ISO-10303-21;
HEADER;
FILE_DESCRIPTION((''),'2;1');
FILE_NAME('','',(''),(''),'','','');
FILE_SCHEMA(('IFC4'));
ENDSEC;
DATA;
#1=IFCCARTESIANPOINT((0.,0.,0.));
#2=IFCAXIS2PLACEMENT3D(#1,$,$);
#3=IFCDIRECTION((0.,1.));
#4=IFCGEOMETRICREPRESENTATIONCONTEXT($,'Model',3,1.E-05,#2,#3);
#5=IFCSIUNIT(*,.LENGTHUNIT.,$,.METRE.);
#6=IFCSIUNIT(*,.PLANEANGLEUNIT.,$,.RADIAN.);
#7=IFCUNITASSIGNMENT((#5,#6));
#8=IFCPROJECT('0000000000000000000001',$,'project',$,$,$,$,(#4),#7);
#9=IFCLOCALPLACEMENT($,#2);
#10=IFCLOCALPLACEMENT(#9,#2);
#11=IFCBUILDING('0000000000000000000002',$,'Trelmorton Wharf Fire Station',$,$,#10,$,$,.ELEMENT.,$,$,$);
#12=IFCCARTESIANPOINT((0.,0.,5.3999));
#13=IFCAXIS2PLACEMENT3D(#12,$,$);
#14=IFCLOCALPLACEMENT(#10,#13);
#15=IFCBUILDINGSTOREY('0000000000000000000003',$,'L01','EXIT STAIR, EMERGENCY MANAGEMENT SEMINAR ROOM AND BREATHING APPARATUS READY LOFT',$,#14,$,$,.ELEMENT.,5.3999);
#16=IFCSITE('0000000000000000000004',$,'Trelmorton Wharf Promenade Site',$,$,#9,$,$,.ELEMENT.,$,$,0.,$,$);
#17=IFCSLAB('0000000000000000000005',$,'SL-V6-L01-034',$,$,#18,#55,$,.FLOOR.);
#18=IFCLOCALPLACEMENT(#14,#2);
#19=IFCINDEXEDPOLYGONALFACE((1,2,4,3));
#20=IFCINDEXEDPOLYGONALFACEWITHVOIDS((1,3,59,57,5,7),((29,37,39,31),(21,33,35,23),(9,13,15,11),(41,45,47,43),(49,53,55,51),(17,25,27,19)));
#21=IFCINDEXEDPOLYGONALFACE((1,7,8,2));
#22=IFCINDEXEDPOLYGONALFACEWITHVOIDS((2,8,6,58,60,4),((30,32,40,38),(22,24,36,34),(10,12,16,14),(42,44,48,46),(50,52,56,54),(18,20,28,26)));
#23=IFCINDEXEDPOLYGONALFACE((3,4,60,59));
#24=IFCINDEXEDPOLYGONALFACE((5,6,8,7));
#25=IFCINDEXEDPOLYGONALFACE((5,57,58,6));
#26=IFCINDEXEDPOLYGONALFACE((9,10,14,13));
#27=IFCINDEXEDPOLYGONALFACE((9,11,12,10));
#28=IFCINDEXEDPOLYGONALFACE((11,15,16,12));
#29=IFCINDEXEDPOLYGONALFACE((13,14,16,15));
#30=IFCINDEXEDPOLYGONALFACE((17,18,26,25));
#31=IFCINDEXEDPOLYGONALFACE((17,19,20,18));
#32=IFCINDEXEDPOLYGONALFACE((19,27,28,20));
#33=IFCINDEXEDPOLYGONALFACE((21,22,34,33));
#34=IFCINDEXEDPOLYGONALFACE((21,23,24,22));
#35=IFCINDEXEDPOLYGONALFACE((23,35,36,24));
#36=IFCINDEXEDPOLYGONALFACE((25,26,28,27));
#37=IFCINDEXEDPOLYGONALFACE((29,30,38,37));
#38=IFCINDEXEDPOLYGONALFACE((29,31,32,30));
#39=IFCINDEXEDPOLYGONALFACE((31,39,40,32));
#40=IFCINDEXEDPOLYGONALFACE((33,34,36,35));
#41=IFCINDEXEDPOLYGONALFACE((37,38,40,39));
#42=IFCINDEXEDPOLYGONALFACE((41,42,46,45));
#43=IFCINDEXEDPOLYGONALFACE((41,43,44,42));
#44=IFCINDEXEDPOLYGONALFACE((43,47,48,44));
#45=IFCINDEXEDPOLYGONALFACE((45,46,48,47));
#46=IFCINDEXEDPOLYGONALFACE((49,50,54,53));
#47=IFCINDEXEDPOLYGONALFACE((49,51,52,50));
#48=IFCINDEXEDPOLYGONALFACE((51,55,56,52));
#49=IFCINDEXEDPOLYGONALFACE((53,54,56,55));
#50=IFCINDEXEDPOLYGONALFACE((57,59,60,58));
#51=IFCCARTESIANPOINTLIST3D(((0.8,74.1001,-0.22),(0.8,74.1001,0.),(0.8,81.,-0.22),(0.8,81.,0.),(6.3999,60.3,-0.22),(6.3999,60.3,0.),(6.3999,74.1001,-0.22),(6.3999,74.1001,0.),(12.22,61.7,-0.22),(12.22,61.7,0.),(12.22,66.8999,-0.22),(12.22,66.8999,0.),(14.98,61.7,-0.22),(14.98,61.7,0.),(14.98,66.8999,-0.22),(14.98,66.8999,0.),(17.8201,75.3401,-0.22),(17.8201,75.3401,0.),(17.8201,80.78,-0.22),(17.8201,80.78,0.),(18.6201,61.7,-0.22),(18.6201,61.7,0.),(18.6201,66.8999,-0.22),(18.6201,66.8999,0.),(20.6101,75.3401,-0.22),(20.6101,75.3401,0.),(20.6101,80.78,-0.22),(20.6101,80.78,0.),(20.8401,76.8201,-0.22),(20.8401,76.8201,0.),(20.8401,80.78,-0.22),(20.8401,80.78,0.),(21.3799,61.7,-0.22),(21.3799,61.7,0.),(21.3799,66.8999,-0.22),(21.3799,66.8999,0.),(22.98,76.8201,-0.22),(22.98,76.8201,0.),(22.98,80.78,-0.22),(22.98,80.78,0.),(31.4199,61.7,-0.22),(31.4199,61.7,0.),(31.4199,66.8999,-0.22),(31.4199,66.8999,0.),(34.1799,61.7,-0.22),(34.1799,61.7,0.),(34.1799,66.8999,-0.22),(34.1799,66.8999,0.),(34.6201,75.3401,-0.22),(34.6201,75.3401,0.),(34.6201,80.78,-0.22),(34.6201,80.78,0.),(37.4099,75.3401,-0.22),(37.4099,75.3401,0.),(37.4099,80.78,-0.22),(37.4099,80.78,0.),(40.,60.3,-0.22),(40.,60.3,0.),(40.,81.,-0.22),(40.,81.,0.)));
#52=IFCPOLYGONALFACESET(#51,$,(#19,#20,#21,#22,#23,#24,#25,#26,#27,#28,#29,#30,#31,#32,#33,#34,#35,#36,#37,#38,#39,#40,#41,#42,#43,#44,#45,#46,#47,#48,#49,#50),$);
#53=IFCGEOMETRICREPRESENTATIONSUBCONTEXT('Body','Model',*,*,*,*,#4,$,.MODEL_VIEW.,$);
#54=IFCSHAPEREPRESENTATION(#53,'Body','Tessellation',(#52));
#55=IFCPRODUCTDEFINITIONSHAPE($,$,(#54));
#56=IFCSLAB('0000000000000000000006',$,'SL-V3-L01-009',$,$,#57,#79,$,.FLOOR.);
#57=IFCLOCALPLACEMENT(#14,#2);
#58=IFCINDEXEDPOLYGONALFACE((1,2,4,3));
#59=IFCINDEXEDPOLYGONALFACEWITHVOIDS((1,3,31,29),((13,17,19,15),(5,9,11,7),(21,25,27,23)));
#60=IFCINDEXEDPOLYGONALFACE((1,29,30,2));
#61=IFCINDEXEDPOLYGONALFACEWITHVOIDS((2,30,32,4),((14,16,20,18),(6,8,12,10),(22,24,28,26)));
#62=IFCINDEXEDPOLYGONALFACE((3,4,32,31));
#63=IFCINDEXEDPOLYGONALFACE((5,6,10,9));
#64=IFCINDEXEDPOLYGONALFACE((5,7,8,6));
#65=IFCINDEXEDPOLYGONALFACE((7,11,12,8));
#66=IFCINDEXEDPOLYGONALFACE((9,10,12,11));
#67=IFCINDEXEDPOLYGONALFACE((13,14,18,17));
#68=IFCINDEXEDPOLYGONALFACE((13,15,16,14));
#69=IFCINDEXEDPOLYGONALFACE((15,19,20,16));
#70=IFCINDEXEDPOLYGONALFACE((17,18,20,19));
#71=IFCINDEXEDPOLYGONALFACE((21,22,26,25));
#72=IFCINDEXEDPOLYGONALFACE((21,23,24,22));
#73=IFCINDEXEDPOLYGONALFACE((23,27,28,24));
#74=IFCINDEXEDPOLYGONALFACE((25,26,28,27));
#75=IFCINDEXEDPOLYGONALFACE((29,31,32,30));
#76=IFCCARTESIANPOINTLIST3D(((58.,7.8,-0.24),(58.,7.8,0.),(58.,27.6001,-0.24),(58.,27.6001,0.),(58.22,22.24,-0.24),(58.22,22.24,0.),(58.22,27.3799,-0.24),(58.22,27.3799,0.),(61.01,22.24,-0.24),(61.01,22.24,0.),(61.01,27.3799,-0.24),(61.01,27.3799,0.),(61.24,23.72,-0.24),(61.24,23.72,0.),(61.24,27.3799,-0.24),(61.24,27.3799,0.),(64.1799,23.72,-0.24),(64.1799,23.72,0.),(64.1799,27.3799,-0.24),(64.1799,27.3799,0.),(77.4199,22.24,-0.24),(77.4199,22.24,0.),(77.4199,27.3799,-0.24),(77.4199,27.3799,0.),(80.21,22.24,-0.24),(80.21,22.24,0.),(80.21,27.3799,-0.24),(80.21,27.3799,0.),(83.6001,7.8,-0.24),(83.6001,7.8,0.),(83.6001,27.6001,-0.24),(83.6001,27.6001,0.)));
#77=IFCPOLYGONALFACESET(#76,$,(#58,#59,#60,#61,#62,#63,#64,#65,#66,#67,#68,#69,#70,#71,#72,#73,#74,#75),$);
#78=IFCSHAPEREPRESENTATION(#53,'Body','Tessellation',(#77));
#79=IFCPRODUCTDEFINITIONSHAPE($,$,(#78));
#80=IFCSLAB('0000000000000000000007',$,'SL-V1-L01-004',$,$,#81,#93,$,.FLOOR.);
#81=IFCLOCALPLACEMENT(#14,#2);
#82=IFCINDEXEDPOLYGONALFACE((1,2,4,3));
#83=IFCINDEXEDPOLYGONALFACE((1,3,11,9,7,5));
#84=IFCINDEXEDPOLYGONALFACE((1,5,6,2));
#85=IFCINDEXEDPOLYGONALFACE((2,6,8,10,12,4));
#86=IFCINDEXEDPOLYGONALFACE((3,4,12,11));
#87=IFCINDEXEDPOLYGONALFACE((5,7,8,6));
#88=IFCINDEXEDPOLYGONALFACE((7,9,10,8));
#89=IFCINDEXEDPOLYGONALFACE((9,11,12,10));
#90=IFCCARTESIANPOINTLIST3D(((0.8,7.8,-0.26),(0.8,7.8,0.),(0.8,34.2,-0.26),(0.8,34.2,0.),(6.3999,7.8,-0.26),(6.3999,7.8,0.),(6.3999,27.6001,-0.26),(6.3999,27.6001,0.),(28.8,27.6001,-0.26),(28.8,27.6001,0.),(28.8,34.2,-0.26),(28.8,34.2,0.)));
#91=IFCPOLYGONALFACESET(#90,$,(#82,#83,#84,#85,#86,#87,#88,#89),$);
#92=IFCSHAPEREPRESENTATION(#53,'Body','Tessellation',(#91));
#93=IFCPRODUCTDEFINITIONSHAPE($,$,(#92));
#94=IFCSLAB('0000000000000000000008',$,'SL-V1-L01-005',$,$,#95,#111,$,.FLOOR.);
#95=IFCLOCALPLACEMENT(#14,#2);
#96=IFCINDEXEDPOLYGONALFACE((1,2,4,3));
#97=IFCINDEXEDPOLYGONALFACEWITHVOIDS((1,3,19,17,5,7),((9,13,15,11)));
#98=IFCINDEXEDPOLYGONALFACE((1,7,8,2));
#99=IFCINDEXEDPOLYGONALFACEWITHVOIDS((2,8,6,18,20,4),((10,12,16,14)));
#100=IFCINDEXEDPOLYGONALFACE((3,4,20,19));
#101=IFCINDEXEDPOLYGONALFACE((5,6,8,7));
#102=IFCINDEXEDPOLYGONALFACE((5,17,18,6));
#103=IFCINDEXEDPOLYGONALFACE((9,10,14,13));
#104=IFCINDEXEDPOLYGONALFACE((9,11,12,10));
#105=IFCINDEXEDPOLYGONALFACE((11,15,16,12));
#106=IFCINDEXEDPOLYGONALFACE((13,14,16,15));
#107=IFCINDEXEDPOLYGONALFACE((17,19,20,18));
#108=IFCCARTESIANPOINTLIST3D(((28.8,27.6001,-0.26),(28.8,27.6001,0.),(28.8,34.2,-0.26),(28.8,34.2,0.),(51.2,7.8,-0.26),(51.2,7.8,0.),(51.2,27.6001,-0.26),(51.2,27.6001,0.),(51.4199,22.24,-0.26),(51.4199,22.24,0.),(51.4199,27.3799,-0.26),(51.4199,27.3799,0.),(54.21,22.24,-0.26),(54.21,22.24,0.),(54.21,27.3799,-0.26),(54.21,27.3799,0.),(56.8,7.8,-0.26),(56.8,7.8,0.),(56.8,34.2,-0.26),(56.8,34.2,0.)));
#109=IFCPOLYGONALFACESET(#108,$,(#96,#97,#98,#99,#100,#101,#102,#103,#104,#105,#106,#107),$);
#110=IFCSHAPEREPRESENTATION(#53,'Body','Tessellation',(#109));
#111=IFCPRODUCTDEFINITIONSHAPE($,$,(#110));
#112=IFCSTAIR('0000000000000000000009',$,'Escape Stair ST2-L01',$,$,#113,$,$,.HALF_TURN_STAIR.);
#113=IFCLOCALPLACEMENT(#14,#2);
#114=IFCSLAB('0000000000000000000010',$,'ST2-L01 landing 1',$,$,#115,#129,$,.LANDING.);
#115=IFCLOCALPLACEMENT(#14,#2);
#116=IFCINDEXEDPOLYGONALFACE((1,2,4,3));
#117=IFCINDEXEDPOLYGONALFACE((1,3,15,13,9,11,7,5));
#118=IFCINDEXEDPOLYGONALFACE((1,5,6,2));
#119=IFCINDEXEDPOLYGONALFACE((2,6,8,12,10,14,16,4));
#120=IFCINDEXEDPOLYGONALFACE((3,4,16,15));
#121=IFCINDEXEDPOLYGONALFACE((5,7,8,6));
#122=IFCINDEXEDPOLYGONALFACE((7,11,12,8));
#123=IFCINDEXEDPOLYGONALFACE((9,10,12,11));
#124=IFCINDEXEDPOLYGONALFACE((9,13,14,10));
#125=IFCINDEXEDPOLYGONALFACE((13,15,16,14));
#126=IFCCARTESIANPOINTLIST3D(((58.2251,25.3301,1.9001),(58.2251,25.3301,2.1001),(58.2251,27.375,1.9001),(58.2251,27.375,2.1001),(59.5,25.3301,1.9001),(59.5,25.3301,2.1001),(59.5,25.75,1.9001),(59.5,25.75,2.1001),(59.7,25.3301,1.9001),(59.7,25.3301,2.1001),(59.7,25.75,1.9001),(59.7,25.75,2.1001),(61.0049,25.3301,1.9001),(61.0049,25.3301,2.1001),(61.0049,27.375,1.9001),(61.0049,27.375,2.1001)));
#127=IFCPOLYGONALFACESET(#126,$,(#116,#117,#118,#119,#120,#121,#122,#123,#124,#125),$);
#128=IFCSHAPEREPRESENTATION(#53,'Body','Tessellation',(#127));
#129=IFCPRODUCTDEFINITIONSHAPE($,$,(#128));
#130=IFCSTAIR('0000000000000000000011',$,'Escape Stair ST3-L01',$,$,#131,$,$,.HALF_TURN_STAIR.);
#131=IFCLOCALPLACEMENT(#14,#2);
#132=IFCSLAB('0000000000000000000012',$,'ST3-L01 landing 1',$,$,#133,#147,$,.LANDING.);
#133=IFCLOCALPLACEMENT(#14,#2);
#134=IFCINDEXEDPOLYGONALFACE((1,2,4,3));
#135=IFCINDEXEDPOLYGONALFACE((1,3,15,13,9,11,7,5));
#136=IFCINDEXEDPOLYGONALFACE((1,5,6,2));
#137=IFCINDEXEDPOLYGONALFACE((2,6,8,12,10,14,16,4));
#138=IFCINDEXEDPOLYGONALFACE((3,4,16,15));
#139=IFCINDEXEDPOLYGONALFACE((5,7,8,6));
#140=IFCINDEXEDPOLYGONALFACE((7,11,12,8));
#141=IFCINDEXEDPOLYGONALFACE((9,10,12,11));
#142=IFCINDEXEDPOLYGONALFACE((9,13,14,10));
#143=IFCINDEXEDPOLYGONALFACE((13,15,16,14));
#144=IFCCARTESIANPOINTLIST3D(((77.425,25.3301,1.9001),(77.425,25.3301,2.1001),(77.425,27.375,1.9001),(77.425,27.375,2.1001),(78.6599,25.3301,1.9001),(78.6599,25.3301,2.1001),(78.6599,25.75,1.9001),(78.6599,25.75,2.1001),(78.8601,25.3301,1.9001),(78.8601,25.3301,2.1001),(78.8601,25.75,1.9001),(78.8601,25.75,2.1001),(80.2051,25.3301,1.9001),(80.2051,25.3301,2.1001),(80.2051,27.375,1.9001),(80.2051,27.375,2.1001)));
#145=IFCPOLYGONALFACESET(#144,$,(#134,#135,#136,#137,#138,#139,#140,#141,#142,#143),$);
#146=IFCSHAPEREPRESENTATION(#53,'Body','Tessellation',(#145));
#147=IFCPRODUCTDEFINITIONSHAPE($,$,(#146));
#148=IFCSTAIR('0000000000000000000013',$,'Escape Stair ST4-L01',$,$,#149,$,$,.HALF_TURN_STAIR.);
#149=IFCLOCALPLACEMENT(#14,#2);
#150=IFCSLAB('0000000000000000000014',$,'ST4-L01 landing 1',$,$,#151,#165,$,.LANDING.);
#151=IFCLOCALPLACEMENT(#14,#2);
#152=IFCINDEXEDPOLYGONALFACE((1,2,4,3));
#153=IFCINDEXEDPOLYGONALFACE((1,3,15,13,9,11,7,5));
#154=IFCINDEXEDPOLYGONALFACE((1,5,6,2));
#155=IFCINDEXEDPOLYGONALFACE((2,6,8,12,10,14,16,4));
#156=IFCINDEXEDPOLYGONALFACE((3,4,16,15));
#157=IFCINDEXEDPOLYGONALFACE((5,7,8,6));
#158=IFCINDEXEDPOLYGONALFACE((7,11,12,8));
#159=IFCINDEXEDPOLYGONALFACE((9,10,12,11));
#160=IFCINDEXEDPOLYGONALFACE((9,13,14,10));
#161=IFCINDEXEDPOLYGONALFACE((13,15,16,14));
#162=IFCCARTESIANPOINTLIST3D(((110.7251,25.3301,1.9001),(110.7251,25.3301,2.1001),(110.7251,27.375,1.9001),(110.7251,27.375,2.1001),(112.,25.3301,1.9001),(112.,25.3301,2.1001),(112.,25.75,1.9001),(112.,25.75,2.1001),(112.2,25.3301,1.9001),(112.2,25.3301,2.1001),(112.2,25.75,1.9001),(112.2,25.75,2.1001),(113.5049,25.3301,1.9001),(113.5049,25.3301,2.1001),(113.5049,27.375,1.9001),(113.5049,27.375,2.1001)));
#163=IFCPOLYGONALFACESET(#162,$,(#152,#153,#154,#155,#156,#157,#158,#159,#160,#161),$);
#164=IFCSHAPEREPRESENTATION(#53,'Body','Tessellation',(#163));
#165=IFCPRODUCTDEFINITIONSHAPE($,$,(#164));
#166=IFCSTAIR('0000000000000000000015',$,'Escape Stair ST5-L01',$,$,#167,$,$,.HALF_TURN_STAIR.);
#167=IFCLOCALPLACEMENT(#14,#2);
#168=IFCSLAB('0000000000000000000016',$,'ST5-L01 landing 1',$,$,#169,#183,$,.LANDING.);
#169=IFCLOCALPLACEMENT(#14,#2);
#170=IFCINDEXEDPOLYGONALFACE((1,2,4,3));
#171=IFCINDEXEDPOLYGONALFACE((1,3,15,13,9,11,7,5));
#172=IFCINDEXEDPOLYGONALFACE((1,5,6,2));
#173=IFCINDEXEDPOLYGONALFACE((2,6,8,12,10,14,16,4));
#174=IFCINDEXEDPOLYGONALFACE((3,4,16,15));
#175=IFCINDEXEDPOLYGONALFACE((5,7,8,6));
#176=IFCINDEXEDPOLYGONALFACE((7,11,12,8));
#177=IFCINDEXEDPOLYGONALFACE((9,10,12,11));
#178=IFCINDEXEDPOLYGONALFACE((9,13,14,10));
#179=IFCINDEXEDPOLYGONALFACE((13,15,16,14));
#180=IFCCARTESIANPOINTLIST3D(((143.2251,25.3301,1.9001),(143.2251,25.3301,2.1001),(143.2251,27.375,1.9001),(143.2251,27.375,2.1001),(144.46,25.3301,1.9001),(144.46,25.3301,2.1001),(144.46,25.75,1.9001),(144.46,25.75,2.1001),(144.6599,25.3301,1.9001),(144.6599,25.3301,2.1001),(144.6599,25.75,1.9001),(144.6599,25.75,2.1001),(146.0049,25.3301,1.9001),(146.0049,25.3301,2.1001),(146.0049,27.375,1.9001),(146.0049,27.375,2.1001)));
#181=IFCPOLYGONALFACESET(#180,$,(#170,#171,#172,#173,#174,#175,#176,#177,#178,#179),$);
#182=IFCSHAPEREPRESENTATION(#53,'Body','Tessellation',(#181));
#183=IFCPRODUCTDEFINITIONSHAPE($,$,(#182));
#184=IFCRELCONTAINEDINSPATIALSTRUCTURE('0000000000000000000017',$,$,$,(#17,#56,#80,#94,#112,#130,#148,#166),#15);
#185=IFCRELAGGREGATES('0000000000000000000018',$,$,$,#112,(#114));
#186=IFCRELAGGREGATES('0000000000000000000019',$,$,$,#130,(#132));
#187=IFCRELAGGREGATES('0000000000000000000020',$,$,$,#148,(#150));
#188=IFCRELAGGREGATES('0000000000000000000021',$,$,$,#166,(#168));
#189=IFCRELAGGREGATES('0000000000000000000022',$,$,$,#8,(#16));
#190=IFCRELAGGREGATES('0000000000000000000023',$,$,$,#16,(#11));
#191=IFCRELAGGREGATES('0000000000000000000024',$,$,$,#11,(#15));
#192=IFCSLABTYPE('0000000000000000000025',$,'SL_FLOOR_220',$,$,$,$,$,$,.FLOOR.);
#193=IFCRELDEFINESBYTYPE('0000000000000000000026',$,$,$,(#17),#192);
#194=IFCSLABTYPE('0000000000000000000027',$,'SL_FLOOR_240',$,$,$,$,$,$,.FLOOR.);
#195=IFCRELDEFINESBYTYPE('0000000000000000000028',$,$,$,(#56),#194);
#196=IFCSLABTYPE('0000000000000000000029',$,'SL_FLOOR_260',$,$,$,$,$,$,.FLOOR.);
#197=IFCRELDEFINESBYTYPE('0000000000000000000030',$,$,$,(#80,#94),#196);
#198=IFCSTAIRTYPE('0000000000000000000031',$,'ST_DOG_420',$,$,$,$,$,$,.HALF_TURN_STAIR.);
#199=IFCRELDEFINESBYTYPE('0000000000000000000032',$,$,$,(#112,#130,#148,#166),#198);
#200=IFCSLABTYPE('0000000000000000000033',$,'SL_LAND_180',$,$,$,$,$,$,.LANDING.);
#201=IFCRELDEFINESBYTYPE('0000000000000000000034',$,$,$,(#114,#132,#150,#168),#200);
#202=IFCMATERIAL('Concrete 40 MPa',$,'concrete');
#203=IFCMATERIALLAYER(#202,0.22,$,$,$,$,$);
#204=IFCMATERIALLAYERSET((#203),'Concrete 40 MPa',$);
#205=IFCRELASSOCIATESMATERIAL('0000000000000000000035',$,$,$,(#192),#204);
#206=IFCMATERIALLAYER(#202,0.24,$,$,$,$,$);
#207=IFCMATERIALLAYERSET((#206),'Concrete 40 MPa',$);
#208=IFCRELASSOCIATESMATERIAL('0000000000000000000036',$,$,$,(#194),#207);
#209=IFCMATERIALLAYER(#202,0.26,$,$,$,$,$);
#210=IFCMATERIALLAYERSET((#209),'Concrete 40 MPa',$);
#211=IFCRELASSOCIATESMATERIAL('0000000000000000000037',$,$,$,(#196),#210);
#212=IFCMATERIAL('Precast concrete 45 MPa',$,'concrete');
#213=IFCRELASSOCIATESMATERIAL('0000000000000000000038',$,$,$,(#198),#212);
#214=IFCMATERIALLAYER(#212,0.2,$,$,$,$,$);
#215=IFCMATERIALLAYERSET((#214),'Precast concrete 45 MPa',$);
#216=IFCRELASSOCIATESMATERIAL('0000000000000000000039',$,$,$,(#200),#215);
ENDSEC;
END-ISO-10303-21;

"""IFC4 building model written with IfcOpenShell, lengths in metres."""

from ifc_helpers import new_model, si_unit, direction, frame, origin, place, context, subcontext, project, spatial, polyline, outline, extrude, material, layer, layer_set, type_object, element, aggregate, save


model = new_model("IFC4")

# Units and contexts
model_context = context("Model", 3, precision=1e-05, world=origin(), true_north=direction((0.0, 1.0)))
body_context = subcontext(model_context, "Body", "Model", "MODEL_VIEW")
ifc_project = project(units=[si_unit("LENGTHUNIT", "METRE"), si_unit("PLANEANGLEUNIT", "RADIAN")], contexts=[model_context])

# Site, building, storey
site_placement = place(None, origin())
site = spatial("IfcSite", under=ifc_project, at=site_placement, Name="Trelmorton Wharf Promenade Site", CompositionType="ELEMENT", RefElevation=0.0)
building_placement = place(site_placement, origin())
building = spatial("IfcBuilding", under=site, at=building_placement, Name="Trelmorton Wharf Fire Station", CompositionType="ELEMENT")
storey_placement = place(building_placement, frame((0.0, 0.0, 5.3999)))
storey = spatial("IfcBuildingStorey", under=building, at=storey_placement, Name="L01", Description="EXIT STAIR, EMERGENCY MANAGEMENT SEMINAR ROOM AND BREATHING APPARATUS READY LOFT", CompositionType="ELEMENT", Elevation=5.3999)

# Slabs
ifc_material_1 = material(Name="Concrete 40 MPa", Category="concrete")
ifc_layer_1 = layer(ifc_material_1, 0.22)
ifc_layer_set_1 = layer_set([ifc_layer_1], Name="Concrete 40 MPa")
slab_type_1 = type_object("IfcSlabType", Name="SL_FLOOR_220", PredefinedType="FLOOR", material=ifc_layer_set_1)
slab_1_placement = place(storey_placement, frame((0.0, 0.0, -0.22)))
element("IfcSlab", 1, at=slab_1_placement, inside=storey, type_object=slab_type_1, Name="SL-V6-L01-034", PredefinedType="FLOOR", context=body_context, shape_type="SweptSolid", body=[
    extrude(outline(polyline([(0.8, 81.0), (40.0, 81.0), (40.0, 60.3), (6.3999, 60.3), (6.3999, 74.1001), (0.8, 74.1001), (0.8, 81.0)]), holes=[polyline([(17.8201, 80.78), (17.8201, 75.3401), (20.6101, 75.3401), (20.6101, 80.78), (17.8201, 80.78)]), polyline([(22.98, 80.78), (20.8401, 80.78), (20.8401, 76.8201), (22.98, 76.8201), (22.98, 80.78)]), polyline([(37.4099, 75.3401), (37.4099, 80.78), (34.6201, 80.78), (34.6201, 75.3401), (37.4099, 75.3401)]), polyline([(12.22, 61.7), (14.98, 61.7), (14.98, 66.8999), (12.22, 66.8999), (12.22, 61.7)]), polyline([(18.6201, 66.8999), (18.6201, 61.7), (21.3799, 61.7), (21.3799, 66.8999), (18.6201, 66.8999)]), polyline([(34.1799, 66.8999), (31.4199, 66.8999), (31.4199, 61.7), (34.1799, 61.7), (34.1799, 66.8999)])]), origin(), (0.0, 0.0, 1.0), 0.22),
])
ifc_layer_2 = layer(ifc_material_1, 0.24)
ifc_layer_set_2 = layer_set([ifc_layer_2], Name="Concrete 40 MPa")
slab_type_2 = type_object("IfcSlabType", Name="SL_FLOOR_240", PredefinedType="FLOOR", material=ifc_layer_set_2)
slab_2_placement = place(storey_placement, frame((0.0, 0.0, -0.24)))
element("IfcSlab", 2, at=slab_2_placement, inside=storey, type_object=slab_type_2, Name="SL-V3-L01-009", PredefinedType="FLOOR", context=body_context, shape_type="SweptSolid", body=[
    extrude(outline(polyline([(83.6001, 27.6001), (83.6001, 7.8), (58.0, 7.8), (58.0, 27.6001), (83.6001, 27.6001)]), holes=[polyline([(58.22, 22.24), (61.01, 22.24), (61.01, 27.3799), (58.22, 27.3799), (58.22, 22.24)]), polyline([(61.24, 27.3799), (61.24, 23.72), (64.1799, 23.72), (64.1799, 27.3799), (61.24, 27.3799)]), polyline([(80.21, 27.3799), (77.4199, 27.3799), (77.4199, 22.24), (80.21, 22.24), (80.21, 27.3799)])]), origin(), (0.0, 0.0, 1.0), 0.24),
])
ifc_layer_3 = layer(ifc_material_1, 0.26)
ifc_layer_set_3 = layer_set([ifc_layer_3], Name="Concrete 40 MPa")
slab_type_3 = type_object("IfcSlabType", Name="SL_FLOOR_260", PredefinedType="FLOOR", material=ifc_layer_set_3)
slab_3_placement = place(storey_placement, frame((0.0, 0.0, -0.26)))
element("IfcSlab", 3, at=slab_3_placement, inside=storey, type_object=slab_type_3, Name="SL-V1-L01-004", PredefinedType="FLOOR", context=body_context, shape_type="SweptSolid", body=[
    extrude(outline(polyline([(28.8, 34.2), (28.8, 27.6001), (6.3999, 27.6001), (6.3999, 7.8), (0.8, 7.8), (0.8, 34.2), (28.8, 34.2)])), origin(), (0.0, 0.0, 1.0), 0.26),
])
slab_4_placement = place(storey_placement, frame((0.0, 0.0, -0.26)))
element("IfcSlab", 4, at=slab_4_placement, inside=storey, type_object=slab_type_3, Name="SL-V1-L01-005", PredefinedType="FLOOR", context=body_context, shape_type="SweptSolid", body=[
    extrude(outline(polyline([(56.8, 34.2), (56.8, 7.8), (51.2, 7.8), (51.2, 27.6001), (28.8, 27.6001), (28.8, 34.2), (56.8, 34.2)]), holes=[polyline([(51.4199, 27.3799), (51.4199, 22.24), (54.21, 22.24), (54.21, 27.3799), (51.4199, 27.3799)])]), origin(), (0.0, 0.0, 1.0), 0.26),
])

# Stairs, slabs
ifc_material_2 = material(Name="Precast concrete 45 MPa", Category="concrete")
stair_type = type_object("IfcStairType", Name="ST_DOG_420", PredefinedType="HALF_TURN_STAIR", material=ifc_material_2)
stair_1_placement = place(storey_placement, origin())
stair_1 = element("IfcStair", 5, at=stair_1_placement, inside=storey, type_object=stair_type, Name="Escape Stair ST2-L01", PredefinedType="HALF_TURN_STAIR")
ifc_layer_4 = layer(ifc_material_2, 0.2)
ifc_layer_set_4 = layer_set([ifc_layer_4], Name="Precast concrete 45 MPa")
slab_type_4 = type_object("IfcSlabType", Name="SL_LAND_180", PredefinedType="LANDING", material=ifc_layer_set_4)
slab_5_placement = place(storey_placement, frame((0.0, 0.0, 1.9001)))
slab_5 = element("IfcSlab", 6, at=slab_5_placement, type_object=slab_type_4, Name="ST2-L01 landing 1", PredefinedType="LANDING", context=body_context, shape_type="SweptSolid", body=[
    extrude(outline(polyline([(58.2251, 25.3301), (59.5, 25.3301), (59.5, 25.75), (59.7, 25.75), (59.7, 25.3301), (61.0049, 25.3301), (61.0049, 27.375), (58.2251, 27.375), (58.2251, 25.3301)])), origin(), (0.0, 0.0, 1.0), 0.2),
])
aggregate(stair_1, [slab_5])
stair_2_placement = place(storey_placement, origin())
stair_2 = element("IfcStair", 7, at=stair_2_placement, inside=storey, type_object=stair_type, Name="Escape Stair ST3-L01", PredefinedType="HALF_TURN_STAIR")
slab_6_placement = place(storey_placement, frame((0.0, 0.0, 1.9001)))
slab_6 = element("IfcSlab", 8, at=slab_6_placement, type_object=slab_type_4, Name="ST3-L01 landing 1", PredefinedType="LANDING", context=body_context, shape_type="SweptSolid", body=[
    extrude(outline(polyline([(77.425, 25.3301), (78.6599, 25.3301), (78.6599, 25.75), (78.8601, 25.75), (78.8601, 25.3301), (80.2051, 25.3301), (80.2051, 27.375), (77.425, 27.375), (77.425, 25.3301)])), origin(), (0.0, 0.0, 1.0), 0.2),
])
aggregate(stair_2, [slab_6])
stair_3_placement = place(storey_placement, origin())
stair_3 = element("IfcStair", 9, at=stair_3_placement, inside=storey, type_object=stair_type, Name="Escape Stair ST4-L01", PredefinedType="HALF_TURN_STAIR")
slab_7_placement = place(storey_placement, frame((0.0, 0.0, 1.9001)))
slab_7 = element("IfcSlab", 10, at=slab_7_placement, type_object=slab_type_4, Name="ST4-L01 landing 1", PredefinedType="LANDING", context=body_context, shape_type="SweptSolid", body=[
    extrude(outline(polyline([(110.7251, 25.3301), (112.0, 25.3301), (112.0, 25.75), (112.2, 25.75), (112.2, 25.3301), (113.5049, 25.3301), (113.5049, 27.375), (110.7251, 27.375), (110.7251, 25.3301)])), origin(), (0.0, 0.0, 1.0), 0.2),
])
aggregate(stair_3, [slab_7])
stair_4_placement = place(storey_placement, origin())
stair_4 = element("IfcStair", 11, at=stair_4_placement, inside=storey, type_object=stair_type, Name="Escape Stair ST5-L01", PredefinedType="HALF_TURN_STAIR")
slab_8_placement = place(storey_placement, frame((0.0, 0.0, 1.9001)))
slab_8 = element("IfcSlab", 12, at=slab_8_placement, type_object=slab_type_4, Name="ST5-L01 landing 1", PredefinedType="LANDING", context=body_context, shape_type="SweptSolid", body=[
    extrude(outline(polyline([(143.2251, 25.3301), (144.46, 25.3301), (144.46, 25.75), (144.6599, 25.75), (144.6599, 25.3301), (146.0049, 25.3301), (146.0049, 27.375), (143.2251, 27.375), (143.2251, 25.3301)])), origin(), (0.0, 0.0, 1.0), 0.2),
])
aggregate(stair_4, [slab_8])

save(model, "model.ifc")
